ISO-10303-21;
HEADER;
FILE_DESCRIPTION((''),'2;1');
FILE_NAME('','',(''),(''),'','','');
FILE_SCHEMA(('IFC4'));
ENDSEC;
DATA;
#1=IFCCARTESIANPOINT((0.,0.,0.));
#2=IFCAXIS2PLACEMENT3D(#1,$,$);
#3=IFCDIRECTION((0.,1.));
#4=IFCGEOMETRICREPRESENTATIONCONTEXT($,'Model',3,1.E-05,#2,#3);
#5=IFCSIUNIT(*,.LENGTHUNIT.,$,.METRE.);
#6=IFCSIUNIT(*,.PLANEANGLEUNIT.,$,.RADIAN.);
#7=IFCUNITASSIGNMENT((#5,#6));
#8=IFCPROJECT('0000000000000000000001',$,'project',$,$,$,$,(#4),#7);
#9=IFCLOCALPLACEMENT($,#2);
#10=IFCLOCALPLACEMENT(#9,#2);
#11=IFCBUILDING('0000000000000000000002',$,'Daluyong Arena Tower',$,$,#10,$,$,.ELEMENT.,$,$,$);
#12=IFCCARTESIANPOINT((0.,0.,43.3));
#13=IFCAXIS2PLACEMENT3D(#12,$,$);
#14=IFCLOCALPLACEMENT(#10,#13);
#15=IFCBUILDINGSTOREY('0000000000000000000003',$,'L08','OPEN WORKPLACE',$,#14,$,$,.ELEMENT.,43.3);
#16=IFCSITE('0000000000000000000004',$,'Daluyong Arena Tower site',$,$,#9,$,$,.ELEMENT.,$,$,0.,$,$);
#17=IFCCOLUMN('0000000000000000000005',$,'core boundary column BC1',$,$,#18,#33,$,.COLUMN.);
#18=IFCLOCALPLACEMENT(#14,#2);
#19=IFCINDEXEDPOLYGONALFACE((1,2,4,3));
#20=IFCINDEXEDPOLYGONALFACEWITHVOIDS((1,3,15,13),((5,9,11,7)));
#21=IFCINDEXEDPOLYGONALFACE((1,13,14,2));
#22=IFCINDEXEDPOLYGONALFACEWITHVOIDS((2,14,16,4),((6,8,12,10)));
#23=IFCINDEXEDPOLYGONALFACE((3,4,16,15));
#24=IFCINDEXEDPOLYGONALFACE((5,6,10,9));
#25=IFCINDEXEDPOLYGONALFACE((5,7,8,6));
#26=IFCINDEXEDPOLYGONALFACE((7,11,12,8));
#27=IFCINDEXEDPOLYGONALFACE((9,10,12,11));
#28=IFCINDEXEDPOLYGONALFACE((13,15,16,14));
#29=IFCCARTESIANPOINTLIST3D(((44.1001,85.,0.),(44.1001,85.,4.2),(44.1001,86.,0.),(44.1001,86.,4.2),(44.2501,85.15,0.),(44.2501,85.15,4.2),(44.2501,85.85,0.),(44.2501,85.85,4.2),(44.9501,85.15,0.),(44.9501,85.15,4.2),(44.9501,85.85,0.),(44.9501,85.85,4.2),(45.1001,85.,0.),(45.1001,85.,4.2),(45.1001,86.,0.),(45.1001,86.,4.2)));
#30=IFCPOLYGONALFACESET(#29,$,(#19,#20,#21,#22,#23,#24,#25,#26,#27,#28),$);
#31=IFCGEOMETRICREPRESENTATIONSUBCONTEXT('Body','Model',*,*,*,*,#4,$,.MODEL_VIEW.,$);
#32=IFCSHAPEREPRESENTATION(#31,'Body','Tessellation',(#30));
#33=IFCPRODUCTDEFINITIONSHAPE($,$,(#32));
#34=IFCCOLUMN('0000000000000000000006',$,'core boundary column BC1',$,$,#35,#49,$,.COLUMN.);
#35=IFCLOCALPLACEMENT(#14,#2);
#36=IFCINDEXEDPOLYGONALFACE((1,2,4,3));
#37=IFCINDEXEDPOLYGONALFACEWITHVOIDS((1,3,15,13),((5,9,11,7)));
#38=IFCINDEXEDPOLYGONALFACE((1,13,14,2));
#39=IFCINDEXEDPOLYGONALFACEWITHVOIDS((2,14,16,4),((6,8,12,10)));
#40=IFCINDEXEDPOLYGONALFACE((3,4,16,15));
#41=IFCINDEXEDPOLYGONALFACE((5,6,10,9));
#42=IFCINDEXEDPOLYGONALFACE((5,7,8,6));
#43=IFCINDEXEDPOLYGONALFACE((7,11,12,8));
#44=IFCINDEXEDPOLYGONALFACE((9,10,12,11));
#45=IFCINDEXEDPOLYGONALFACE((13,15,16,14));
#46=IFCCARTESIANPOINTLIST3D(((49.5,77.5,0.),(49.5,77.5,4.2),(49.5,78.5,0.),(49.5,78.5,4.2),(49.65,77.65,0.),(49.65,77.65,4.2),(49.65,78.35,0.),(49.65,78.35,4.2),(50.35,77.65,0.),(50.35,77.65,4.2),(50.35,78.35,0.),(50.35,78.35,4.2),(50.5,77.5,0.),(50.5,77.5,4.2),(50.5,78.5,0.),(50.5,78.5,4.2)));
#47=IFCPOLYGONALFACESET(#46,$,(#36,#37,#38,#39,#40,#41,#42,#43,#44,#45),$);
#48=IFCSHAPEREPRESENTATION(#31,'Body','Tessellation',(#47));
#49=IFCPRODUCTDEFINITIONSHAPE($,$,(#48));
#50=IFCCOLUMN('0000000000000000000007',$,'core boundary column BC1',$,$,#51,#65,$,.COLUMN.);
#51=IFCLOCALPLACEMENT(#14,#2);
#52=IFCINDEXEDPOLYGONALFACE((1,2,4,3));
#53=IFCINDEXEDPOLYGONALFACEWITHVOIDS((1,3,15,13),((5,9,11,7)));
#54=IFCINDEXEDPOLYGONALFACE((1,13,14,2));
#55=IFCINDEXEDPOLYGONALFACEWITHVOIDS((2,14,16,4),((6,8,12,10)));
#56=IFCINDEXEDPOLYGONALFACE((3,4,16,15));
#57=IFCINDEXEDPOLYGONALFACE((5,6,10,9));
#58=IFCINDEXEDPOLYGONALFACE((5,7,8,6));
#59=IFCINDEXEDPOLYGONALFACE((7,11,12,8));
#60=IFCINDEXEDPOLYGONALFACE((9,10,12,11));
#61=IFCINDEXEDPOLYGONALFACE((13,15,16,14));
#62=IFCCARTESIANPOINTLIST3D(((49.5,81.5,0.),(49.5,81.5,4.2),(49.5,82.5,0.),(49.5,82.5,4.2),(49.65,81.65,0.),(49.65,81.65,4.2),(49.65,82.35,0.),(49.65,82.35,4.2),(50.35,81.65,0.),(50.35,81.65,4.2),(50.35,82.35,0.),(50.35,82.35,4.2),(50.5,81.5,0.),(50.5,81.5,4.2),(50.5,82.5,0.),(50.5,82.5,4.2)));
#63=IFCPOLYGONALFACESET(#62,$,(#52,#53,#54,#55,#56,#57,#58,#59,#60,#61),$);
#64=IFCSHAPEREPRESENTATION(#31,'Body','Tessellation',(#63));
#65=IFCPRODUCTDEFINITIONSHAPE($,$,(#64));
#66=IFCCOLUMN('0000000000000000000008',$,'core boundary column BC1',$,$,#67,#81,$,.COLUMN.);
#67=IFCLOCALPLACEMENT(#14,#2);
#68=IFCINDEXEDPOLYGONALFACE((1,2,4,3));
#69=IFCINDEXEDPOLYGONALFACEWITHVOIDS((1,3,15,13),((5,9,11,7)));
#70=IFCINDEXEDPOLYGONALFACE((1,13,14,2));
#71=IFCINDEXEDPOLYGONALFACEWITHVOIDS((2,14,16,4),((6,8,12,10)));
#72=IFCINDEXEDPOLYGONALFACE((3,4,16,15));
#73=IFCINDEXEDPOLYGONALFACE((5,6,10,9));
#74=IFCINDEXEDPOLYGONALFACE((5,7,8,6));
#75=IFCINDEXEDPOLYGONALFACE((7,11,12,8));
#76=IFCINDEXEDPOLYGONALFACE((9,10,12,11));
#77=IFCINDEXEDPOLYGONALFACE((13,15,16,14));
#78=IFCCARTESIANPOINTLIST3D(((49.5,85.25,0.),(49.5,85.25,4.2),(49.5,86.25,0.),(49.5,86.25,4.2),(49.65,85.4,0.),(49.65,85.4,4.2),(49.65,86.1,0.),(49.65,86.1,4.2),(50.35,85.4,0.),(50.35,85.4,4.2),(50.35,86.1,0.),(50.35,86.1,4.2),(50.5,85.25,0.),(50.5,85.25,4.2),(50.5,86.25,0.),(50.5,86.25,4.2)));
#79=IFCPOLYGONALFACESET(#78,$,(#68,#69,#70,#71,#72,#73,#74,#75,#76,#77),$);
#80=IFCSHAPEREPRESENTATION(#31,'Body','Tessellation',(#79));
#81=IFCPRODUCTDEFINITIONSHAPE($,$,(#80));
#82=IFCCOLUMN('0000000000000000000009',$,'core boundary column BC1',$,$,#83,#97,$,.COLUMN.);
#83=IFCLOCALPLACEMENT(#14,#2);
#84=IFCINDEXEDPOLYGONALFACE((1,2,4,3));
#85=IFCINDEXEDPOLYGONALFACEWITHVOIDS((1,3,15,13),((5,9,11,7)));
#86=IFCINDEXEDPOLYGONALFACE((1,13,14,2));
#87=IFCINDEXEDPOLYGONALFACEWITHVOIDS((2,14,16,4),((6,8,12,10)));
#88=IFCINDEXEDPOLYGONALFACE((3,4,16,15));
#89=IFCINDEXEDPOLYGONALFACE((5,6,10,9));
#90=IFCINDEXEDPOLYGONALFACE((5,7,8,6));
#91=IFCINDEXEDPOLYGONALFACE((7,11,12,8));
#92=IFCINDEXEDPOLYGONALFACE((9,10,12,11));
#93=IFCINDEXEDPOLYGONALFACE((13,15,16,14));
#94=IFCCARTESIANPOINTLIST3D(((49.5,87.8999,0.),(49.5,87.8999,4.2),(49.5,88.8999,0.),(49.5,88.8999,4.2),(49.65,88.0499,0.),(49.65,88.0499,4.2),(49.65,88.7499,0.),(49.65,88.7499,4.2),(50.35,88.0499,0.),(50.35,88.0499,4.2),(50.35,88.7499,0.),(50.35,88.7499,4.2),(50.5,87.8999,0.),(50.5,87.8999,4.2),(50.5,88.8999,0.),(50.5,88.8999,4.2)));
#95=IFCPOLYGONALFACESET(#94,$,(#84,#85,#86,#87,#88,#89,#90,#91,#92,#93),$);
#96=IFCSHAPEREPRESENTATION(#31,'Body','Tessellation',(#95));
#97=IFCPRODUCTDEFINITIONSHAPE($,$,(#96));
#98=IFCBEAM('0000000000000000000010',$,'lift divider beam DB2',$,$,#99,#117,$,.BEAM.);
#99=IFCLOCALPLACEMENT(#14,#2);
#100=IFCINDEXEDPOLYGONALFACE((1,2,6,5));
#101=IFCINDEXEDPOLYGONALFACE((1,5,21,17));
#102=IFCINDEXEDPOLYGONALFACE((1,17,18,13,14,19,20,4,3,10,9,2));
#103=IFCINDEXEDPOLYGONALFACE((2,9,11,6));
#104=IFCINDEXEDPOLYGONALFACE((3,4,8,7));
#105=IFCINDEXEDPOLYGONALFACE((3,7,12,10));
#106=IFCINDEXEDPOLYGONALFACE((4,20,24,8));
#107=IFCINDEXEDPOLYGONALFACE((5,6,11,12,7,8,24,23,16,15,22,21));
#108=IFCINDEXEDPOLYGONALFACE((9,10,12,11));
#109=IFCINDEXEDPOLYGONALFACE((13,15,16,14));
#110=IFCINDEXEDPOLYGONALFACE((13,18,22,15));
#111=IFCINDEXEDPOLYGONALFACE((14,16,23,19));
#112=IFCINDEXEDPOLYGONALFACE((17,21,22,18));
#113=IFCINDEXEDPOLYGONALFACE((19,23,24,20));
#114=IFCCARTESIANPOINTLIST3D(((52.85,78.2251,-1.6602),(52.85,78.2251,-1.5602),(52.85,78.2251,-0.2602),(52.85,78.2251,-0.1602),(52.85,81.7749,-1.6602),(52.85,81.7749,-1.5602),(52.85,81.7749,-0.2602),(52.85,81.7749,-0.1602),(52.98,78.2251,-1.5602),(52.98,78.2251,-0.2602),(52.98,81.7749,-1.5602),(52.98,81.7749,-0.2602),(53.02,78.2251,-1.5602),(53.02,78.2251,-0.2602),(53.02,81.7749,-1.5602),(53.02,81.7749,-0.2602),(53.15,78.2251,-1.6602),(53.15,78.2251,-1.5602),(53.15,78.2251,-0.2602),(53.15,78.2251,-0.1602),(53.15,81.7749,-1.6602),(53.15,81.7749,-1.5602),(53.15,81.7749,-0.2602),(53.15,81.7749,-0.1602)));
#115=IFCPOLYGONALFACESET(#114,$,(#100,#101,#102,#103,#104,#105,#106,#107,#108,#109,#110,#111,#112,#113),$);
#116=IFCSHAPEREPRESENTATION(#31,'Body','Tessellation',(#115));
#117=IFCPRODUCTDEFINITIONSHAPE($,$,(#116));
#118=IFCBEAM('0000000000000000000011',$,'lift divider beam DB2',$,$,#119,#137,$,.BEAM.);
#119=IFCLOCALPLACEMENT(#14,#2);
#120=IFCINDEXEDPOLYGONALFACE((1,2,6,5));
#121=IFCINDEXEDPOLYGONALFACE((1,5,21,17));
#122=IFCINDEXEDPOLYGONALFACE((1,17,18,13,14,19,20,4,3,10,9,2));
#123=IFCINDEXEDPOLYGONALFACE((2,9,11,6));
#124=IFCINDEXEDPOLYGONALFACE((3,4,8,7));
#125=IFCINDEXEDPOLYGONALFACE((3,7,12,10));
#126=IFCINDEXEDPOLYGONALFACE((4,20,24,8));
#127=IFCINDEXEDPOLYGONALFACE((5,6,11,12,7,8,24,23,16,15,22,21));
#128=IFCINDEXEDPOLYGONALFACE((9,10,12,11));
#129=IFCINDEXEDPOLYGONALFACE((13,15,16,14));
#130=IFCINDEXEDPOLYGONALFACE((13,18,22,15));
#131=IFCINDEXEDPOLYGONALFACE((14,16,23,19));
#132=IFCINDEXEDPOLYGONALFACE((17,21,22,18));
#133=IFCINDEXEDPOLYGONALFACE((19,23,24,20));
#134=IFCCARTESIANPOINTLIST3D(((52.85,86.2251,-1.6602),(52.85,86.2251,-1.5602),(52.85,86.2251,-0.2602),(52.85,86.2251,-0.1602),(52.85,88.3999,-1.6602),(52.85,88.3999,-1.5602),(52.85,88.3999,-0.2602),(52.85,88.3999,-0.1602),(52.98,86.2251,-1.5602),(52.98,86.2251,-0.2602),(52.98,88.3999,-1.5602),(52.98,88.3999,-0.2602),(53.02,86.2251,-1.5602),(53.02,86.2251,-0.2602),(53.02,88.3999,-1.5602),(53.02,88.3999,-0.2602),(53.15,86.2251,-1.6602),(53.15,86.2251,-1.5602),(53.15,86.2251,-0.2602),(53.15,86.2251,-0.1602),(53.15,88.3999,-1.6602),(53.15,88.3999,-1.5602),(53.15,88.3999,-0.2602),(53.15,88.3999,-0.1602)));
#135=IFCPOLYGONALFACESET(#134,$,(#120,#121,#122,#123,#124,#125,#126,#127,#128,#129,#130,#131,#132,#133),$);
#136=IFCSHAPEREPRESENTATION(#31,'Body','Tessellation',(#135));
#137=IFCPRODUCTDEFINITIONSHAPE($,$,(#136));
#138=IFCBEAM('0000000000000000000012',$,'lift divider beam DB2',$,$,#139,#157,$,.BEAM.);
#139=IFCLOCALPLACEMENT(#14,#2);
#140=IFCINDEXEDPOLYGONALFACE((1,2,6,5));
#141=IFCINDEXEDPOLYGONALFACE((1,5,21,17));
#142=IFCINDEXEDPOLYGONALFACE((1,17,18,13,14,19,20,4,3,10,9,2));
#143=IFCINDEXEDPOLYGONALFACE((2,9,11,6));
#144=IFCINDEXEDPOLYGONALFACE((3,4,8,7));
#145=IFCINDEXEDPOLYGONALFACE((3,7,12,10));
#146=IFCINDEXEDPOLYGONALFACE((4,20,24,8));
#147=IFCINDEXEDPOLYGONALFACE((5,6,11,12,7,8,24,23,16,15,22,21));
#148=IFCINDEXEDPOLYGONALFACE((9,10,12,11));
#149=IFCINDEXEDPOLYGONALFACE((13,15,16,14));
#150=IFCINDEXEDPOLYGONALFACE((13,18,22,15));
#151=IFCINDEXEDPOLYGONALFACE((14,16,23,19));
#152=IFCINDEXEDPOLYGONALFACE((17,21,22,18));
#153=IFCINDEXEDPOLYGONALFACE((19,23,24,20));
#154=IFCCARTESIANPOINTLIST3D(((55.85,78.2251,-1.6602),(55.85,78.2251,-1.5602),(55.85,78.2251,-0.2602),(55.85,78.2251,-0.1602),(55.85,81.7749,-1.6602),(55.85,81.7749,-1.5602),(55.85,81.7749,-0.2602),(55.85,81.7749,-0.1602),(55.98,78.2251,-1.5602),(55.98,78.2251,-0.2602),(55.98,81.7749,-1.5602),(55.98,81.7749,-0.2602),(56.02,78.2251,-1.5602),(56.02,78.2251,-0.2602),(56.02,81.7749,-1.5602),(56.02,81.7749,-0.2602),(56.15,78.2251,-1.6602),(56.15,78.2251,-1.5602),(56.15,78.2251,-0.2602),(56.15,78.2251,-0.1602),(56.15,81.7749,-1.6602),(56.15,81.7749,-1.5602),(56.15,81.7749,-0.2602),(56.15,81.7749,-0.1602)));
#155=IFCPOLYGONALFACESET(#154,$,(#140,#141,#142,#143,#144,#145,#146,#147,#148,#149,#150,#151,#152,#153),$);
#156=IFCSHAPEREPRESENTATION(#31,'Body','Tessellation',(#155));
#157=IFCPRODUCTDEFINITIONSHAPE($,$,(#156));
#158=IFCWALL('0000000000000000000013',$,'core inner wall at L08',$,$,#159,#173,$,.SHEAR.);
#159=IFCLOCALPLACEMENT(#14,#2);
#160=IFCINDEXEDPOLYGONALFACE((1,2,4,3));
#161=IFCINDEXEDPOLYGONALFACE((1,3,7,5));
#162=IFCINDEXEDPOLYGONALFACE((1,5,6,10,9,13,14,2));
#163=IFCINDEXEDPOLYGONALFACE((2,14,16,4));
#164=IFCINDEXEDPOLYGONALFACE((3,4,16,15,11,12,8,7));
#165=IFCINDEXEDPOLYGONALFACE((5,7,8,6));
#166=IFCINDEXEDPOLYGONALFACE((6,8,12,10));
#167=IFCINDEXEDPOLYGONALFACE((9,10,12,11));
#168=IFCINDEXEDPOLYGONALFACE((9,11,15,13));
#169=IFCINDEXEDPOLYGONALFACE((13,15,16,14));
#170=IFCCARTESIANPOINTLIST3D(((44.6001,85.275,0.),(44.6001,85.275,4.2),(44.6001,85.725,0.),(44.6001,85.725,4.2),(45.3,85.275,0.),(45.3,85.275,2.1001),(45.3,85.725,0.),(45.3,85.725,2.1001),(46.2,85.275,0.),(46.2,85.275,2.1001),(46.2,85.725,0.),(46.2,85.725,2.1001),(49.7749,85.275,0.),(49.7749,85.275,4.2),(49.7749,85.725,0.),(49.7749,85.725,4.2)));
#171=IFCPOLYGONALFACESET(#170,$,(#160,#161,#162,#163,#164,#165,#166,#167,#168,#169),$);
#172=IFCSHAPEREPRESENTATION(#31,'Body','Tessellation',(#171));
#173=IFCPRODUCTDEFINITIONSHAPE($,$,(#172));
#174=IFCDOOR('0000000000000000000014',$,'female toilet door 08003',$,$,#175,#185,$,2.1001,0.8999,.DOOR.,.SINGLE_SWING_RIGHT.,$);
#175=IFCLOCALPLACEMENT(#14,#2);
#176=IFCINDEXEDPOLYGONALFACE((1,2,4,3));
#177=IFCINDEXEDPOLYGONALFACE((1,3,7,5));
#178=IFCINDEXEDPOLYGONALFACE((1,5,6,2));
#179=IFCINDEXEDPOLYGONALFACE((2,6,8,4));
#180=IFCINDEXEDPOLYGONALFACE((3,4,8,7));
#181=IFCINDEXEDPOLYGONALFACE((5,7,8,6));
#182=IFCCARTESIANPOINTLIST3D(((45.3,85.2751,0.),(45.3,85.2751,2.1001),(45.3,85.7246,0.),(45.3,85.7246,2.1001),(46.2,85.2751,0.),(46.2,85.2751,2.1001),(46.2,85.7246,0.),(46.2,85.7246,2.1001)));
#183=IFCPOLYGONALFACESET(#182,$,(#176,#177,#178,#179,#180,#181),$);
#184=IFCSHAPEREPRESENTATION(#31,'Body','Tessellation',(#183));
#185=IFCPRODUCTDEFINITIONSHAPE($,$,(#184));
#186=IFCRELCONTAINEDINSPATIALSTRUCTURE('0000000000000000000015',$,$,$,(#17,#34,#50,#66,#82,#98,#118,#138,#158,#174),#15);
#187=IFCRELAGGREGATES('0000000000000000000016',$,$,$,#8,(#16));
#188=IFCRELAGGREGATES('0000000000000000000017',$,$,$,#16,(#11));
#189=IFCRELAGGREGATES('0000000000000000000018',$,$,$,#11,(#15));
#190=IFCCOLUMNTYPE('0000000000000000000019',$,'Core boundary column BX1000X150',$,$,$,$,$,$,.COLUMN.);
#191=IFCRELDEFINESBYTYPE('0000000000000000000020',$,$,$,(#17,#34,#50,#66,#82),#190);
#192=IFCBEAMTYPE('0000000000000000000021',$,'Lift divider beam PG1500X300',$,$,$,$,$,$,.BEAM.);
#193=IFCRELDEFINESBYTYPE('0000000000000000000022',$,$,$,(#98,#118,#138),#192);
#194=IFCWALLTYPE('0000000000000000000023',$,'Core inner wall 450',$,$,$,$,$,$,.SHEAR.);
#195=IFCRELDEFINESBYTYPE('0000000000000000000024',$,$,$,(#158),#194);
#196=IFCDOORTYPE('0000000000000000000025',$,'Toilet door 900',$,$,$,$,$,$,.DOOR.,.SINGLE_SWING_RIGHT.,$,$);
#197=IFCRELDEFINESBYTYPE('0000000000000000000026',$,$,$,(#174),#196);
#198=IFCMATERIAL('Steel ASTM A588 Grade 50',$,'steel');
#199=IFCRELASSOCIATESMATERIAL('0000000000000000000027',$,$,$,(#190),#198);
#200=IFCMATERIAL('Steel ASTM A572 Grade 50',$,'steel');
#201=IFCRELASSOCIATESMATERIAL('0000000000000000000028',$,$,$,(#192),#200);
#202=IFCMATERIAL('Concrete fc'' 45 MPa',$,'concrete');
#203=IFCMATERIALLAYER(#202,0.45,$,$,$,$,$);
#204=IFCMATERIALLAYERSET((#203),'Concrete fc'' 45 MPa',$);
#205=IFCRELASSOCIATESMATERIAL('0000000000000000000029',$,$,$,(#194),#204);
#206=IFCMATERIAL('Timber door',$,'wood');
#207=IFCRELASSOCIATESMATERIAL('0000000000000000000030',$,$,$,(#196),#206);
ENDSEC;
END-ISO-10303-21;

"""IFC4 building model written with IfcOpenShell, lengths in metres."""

from ifc_helpers import new_model, si_unit, direction, frame, frame_2d, origin, origin_2d, place, context, subcontext, project, spatial, rectangle, hollow_rectangle, i_section, extrude, material, layer, layer_set, material_profile, profile_set, type_object, element, fill, save


model = new_model("IFC4")

# Units and contexts
model_context = context("Model", 3, precision=1e-05, world=origin(), true_north=direction((0.0, 1.0)))
body_context = subcontext(model_context, "Body", "Model", "MODEL_VIEW")
ifc_project = project(units=[si_unit("LENGTHUNIT", "METRE"), si_unit("PLANEANGLEUNIT", "RADIAN")], contexts=[model_context])

# Site, building, storey
site_placement = place(None, origin())
site = spatial("IfcSite", under=ifc_project, at=site_placement, Name="Daluyong Arena Tower site", CompositionType="ELEMENT", RefElevation=0.0)
building_placement = place(site_placement, origin())
building = spatial("IfcBuilding", under=site, at=building_placement, Name="Daluyong Arena Tower", CompositionType="ELEMENT")
storey_placement = place(building_placement, frame((0.0, 0.0, 43.3)))
storey = spatial("IfcBuildingStorey", under=building, at=storey_placement, Name="L08", Description="OPEN WORKPLACE", CompositionType="ELEMENT", Elevation=43.3)

# Columns
ifc_material_1 = material(Name="Steel ASTM A588 Grade 50", Category="steel")
ifc_material_profile_1 = material_profile(ifc_material_1, hollow_rectangle(XDim=1.0, YDim=1.0, WallThickness=0.15, at=origin_2d()))
ifc_profile_set_1 = profile_set([ifc_material_profile_1], Name="Steel ASTM A588 Grade 50")
column_type = type_object("IfcColumnType", Name="Core boundary column BX1000X150", PredefinedType="COLUMN", material=ifc_profile_set_1)
for number, where, z_axis, x_axis, name in (
    (1, (44.6001, 85.5, 0.0), (0.0, 0.0, 1.0), (1.0, 0.0, 0.0), "core boundary column BC1"),
    (2, (50.0, 78.0, 0.0), (0.0, 0.0, 1.0), (1.0, 0.0, 0.0), "core boundary column BC1"),
    (3, (50.0, 82.0, 0.0), (0.0, 0.0, 1.0), (1.0, 0.0, 0.0), "core boundary column BC1"),
    (4, (50.0, 85.75, 0.0), (0.0, 0.0, 1.0), (1.0, 0.0, 0.0), "core boundary column BC1"),
    (5, (50.0, 88.3999, 0.0), (0.0, 0.0, 1.0), (1.0, 0.0, 0.0), "core boundary column BC1"),
):
    element("IfcColumn", number, at=place(storey_placement, frame(where, z_axis=z_axis, x_axis=x_axis)), inside=storey, type_object=column_type, Name=name, PredefinedType="COLUMN", context=body_context, shape_type="SweptSolid", body=[
        extrude(hollow_rectangle(XDim=1.0, YDim=1.0, WallThickness=0.15, at=origin_2d()), origin(), (0.0, 0.0, 1.0), 4.2),
    ])

# Beams
ifc_material_2 = material(Name="Steel ASTM A572 Grade 50", Category="steel")
ifc_material_profile_2 = material_profile(ifc_material_2, i_section(OverallWidth=0.3, OverallDepth=1.5, WebThickness=0.04, FlangeThickness=0.1, at=origin_2d()))
ifc_profile_set_2 = profile_set([ifc_material_profile_2], Name="Steel ASTM A572 Grade 50")
beam_type = type_object("IfcBeamType", Name="Lift divider beam PG1500X300", PredefinedType="BEAM", material=ifc_profile_set_2)
beam_1_placement = place(storey_placement, frame((53.0, 78.2251, -0.9102), z_axis=(0.0, 1.0, 0.0), x_axis=(-1.0, 0.0, 0.0)))
element("IfcBeam", 6, at=beam_1_placement, inside=storey, type_object=beam_type, Name="lift divider beam DB2", PredefinedType="BEAM", context=body_context, shape_type="SweptSolid", body=[
    extrude(i_section(OverallWidth=0.3, OverallDepth=1.5, WebThickness=0.04, FlangeThickness=0.1, at=origin_2d()), origin(), (0.0, 0.0, 1.0), 3.5498),
])
beam_2_placement = place(storey_placement, frame((53.0, 86.2251, -0.9102), z_axis=(0.0, 1.0, 0.0), x_axis=(-1.0, 0.0, 0.0)))
element("IfcBeam", 7, at=beam_2_placement, inside=storey, type_object=beam_type, Name="lift divider beam DB2", PredefinedType="BEAM", context=body_context, shape_type="SweptSolid", body=[
    extrude(i_section(OverallWidth=0.3, OverallDepth=1.5, WebThickness=0.04, FlangeThickness=0.1, at=origin_2d()), origin(), (0.0, 0.0, 1.0), 2.1748),
])
beam_3_placement = place(storey_placement, frame((56.0, 78.2251, -0.9102), z_axis=(0.0, 1.0, 0.0), x_axis=(-1.0, 0.0, 0.0)))
element("IfcBeam", 8, at=beam_3_placement, inside=storey, type_object=beam_type, Name="lift divider beam DB2", PredefinedType="BEAM", context=body_context, shape_type="SweptSolid", body=[
    extrude(i_section(OverallWidth=0.3, OverallDepth=1.5, WebThickness=0.04, FlangeThickness=0.1, at=origin_2d()), origin(), (0.0, 0.0, 1.0), 3.5498),
])

# Wall, opening, door
ifc_material_3 = material(Name="Concrete fc' 45 MPa", Category="concrete")
ifc_layer_1 = layer(ifc_material_3, 0.45)
ifc_layer_set_1 = layer_set([ifc_layer_1], Name="Concrete fc' 45 MPa")
wall_type_1 = type_object("IfcWallType", Name="Core inner wall 450", PredefinedType="SHEAR", material=ifc_layer_set_1)
wall_1_placement = place(storey_placement, frame((44.6001, 85.5, 0.0), z_axis=(0.0, 0.0, 1.0), x_axis=(1.0, 0.0, 0.0)))
wall_1 = element("IfcWall", 9, at=wall_1_placement, inside=storey, type_object=wall_type_1, Name="core inner wall at L08", PredefinedType="SHEAR", context=body_context, shape_type="SweptSolid", body=[
    extrude(rectangle(XDim=5.1748, YDim=0.45, at=frame_2d((2.5874, 0.0))), origin(), (0.0, 0.0, 1.0), 4.2),
])
opening_1_placement = place(wall_1_placement, frame((0.7, 0.0, 0.0)))
opening_1 = element("IfcOpeningElement", 10, at=opening_1_placement, cuts=wall_1, PredefinedType="OPENING", context=body_context, shape_type="SweptSolid", body=[
    extrude(rectangle(XDim=0.8999, YDim=2.1001, at=frame_2d((0.45, 1.05))), frame((0.0, 0.2349, 0.0), z_axis=(0.0, -1.0, 0.0), x_axis=(1.0, 0.0, 0.0)), (0.0, 0.0, 1.0), 0.47),
])
ifc_material_4 = material(Name="Timber door", Category="wood")
door_type_1 = type_object("IfcDoorType", Name="Toilet door 900", OperationType="SINGLE_SWING_RIGHT", PredefinedType="DOOR", material=ifc_material_4)
door_1_placement = place(opening_1_placement, origin())
door_1 = element("IfcDoor", 11, at=door_1_placement, inside=storey, type_object=door_type_1, Name="female toilet door 08003", OperationType="SINGLE_SWING_RIGHT", OverallHeight=2.1001, OverallWidth=0.8999, PredefinedType="DOOR", context=body_context, shape_type="SweptSolid", body=[
    extrude(rectangle(XDim=0.8999, YDim=2.1001, at=frame_2d((0.45, 1.05))), frame((0.0, 0.2246, 0.0), z_axis=(0.0, -1.0, 0.0), x_axis=(1.0, 0.0, 0.0)), (0.0, 0.0, 1.0), 0.4495),
])
fill(opening_1, door_1)

save(model, "model.ifc")
